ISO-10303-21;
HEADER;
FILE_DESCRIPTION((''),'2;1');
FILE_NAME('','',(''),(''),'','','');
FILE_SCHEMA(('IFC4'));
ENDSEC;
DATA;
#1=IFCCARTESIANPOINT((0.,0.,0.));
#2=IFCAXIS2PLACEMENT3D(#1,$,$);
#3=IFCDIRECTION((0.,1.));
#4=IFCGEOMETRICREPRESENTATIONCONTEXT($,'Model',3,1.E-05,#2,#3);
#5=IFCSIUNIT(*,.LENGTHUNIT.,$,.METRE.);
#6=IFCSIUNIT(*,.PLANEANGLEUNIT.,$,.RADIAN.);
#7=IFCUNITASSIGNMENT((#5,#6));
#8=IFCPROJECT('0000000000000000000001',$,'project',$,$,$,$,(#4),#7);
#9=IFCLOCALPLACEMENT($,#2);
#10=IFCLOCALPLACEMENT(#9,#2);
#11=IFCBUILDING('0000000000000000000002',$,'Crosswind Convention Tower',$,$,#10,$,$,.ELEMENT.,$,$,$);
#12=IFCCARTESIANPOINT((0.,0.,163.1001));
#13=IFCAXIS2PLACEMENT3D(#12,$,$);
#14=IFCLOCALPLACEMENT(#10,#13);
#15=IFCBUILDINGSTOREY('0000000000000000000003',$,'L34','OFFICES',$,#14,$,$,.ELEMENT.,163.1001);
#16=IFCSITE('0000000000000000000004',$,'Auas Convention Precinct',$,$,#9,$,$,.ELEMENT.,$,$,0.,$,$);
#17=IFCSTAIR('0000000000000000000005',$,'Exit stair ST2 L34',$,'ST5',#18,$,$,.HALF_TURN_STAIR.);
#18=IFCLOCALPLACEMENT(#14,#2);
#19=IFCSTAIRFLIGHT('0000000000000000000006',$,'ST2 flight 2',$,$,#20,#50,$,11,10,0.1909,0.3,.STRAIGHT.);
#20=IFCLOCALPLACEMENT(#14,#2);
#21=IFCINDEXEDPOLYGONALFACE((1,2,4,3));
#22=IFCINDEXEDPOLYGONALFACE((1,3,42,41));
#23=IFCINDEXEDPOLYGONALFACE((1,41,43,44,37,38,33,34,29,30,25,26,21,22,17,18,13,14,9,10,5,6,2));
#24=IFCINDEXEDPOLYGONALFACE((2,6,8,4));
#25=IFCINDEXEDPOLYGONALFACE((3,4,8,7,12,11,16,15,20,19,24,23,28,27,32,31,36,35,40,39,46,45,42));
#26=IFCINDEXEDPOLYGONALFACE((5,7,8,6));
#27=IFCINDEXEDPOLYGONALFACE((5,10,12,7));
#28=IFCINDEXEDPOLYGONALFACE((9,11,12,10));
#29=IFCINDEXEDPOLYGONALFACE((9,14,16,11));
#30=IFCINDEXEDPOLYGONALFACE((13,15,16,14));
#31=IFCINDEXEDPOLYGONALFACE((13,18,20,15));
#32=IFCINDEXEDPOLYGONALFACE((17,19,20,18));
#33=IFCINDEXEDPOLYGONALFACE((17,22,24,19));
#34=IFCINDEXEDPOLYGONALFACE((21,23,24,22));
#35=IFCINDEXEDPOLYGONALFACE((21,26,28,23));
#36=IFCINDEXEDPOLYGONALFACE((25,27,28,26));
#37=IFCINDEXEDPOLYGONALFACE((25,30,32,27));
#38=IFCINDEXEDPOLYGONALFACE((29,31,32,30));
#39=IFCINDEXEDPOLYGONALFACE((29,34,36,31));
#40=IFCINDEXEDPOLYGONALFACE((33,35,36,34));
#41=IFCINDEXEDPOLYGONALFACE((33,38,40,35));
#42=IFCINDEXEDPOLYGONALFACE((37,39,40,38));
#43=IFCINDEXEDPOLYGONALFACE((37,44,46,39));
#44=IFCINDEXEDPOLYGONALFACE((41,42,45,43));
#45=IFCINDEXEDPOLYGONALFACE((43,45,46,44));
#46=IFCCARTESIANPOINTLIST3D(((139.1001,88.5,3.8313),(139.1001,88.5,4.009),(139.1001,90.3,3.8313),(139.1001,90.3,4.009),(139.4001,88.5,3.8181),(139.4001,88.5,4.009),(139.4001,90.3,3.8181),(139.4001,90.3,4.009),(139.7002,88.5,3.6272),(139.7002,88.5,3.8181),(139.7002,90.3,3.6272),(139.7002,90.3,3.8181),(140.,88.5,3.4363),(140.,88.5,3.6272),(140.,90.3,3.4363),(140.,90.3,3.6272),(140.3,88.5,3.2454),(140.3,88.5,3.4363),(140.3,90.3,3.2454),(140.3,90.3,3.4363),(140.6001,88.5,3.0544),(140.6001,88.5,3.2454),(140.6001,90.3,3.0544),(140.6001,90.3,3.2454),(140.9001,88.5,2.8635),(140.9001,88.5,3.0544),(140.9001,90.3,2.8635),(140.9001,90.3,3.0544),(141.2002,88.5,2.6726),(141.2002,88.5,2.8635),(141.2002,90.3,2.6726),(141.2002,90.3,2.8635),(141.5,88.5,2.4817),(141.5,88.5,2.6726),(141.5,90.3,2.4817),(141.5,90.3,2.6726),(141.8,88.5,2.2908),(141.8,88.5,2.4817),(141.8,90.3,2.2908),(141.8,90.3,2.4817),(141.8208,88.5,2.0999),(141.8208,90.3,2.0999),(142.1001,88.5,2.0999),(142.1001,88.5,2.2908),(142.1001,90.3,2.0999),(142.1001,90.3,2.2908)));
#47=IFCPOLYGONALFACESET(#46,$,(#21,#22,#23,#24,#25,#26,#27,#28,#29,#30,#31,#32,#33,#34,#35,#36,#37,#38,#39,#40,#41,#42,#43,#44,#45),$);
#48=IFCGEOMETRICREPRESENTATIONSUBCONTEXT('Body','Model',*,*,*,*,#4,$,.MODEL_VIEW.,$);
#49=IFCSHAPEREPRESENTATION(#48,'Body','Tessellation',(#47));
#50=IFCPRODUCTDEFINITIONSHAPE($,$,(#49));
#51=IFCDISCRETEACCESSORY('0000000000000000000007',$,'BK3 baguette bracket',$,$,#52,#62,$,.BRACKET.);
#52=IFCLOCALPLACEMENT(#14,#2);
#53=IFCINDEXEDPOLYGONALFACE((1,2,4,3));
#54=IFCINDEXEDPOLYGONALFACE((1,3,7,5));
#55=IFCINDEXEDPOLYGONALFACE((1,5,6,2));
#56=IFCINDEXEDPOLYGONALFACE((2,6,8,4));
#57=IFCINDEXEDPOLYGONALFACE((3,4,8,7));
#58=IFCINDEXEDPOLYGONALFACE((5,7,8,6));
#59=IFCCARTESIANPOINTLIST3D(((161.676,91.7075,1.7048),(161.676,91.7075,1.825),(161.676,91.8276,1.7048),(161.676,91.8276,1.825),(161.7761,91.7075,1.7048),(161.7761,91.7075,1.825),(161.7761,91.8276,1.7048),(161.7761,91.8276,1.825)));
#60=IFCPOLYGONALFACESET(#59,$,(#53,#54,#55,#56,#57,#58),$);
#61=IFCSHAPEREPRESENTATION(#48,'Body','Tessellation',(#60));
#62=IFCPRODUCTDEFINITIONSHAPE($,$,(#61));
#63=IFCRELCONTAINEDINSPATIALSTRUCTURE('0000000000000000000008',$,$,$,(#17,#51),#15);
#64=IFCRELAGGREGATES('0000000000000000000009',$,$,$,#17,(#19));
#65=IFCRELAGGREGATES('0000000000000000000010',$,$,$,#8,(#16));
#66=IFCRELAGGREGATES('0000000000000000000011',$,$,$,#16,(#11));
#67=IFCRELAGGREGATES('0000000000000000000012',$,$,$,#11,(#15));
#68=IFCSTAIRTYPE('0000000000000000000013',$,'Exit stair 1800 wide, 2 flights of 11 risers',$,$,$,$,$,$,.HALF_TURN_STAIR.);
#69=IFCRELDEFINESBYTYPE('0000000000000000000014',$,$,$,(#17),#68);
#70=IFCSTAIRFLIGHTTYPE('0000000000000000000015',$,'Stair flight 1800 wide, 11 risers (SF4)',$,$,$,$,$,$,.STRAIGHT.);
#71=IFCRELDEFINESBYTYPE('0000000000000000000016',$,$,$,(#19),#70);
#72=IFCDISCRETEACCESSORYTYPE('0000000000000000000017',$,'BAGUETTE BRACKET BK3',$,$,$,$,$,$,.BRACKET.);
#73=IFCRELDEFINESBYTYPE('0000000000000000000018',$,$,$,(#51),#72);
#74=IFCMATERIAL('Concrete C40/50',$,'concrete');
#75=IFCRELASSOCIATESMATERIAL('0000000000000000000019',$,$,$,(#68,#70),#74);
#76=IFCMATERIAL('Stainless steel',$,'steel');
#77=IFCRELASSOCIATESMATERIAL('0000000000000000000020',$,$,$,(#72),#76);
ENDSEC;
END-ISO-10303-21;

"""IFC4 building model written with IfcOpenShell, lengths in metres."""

from ifc_helpers import new_model, si_unit, direction, frame, origin, origin_2d, place, context, subcontext, project, spatial, polyline, rectangle, outline, extrude, material, type_object, element, aggregate, save


model = new_model("IFC4")

# Units and contexts
model_context = context("Model", 3, precision=1e-05, world=origin(), true_north=direction((0.0, 1.0)))
body_context = subcontext(model_context, "Body", "Model", "MODEL_VIEW")
ifc_project = project(units=[si_unit("LENGTHUNIT", "METRE"), si_unit("PLANEANGLEUNIT", "RADIAN")], contexts=[model_context])

# Site, building, storey
site_placement = place(None, origin())
site = spatial("IfcSite", under=ifc_project, at=site_placement, Name="Auas Convention Precinct", CompositionType="ELEMENT", RefElevation=0.0)
building_placement = place(site_placement, origin())
building = spatial("IfcBuilding", under=site, at=building_placement, Name="Crosswind Convention Tower", CompositionType="ELEMENT")
storey_placement = place(building_placement, frame((0.0, 0.0, 163.1001)))
storey = spatial("IfcBuildingStorey", under=building, at=storey_placement, Name="L34", Description="OFFICES", CompositionType="ELEMENT", Elevation=163.1001)

# Stair, stair flight
ifc_material_1 = material(Name="Concrete C40/50", Category="concrete")
stair_type = type_object("IfcStairType", Name="Exit stair 1800 wide, 2 flights of 11 risers", PredefinedType="HALF_TURN_STAIR", material=ifc_material_1)
stair_placement = place(storey_placement, origin())
stair = element("IfcStair", 1, at=stair_placement, inside=storey, type_object=stair_type, Name="Exit stair ST2 L34", ObjectType="ST5", PredefinedType="HALF_TURN_STAIR")
stair_flight_type = type_object("IfcStairFlightType", Name="Stair flight 1800 wide, 11 risers (SF4)", PredefinedType="STRAIGHT", material=ifc_material_1)
stair_flight_1_placement = place(storey_placement, frame((142.1001, 89.3999, 2.0999), z_axis=(0.0, 0.0, 1.0), x_axis=(-1.0, 0.0, 0.0)))
stair_flight_1 = element("IfcStairFlight", 2, at=stair_flight_1_placement, type_object=stair_flight_type, Name="ST2 flight 2", NumberOfRisers=11, NumberOfTreads=10, PredefinedType="STRAIGHT", RiserHeight=0.1909, TreadLength=0.3, context=body_context, shape_type="SweptSolid", body=[
    extrude(outline(polyline([(0.0, 0.0), (0.0, 0.1909), (0.3, 0.1909), (0.3, 0.3818), (0.6001, 0.3818), (0.6001, 0.5728), (0.8999, 0.5728), (0.8999, 0.7637), (1.2, 0.7637), (1.2, 0.9546), (1.5, 0.9546), (1.5, 1.1455), (1.8, 1.1455), (1.8, 1.3364), (2.1001, 1.3364), (2.1001, 1.5273), (2.3999, 1.5273), (2.3999, 1.7183), (2.7, 1.7183), (2.7, 1.9092), (3.0, 1.9092), (3.0, 2.1001), (3.0, 1.7314), (0.2793, 0.0), (0.0, 0.0)])), frame((0.0, 0.8999, 0.0), z_axis=(0.0, -1.0, 0.0), x_axis=(1.0, 0.0, 0.0)), (0.0, 0.0, 1.0), 1.8),
])
aggregate(stair, [stair_flight_1])

# Shared definitions
ifc_material_2 = material(Name="Stainless steel", Category="steel")

# Discrete accessory
discrete_accessory_type = type_object("IfcDiscreteAccessoryType", Name="BAGUETTE BRACKET BK3", PredefinedType="BRACKET", material=ifc_material_2)
discrete_accessory_placement = place(storey_placement, frame((161.7261, 91.7676, 1.7048), z_axis=(0.0, 0.0, 1.0), x_axis=(0.0, 1.0, 0.0)))
element("IfcDiscreteAccessory", 3, at=discrete_accessory_placement, inside=storey, type_object=discrete_accessory_type, Name="BK3 baguette bracket", PredefinedType="BRACKET", context=body_context, shape_type="SweptSolid", body=[
    extrude(rectangle(XDim=0.1201, YDim=0.1001, at=origin_2d()), origin(), (0.0, 0.0, 1.0), 0.1201),
])

save(model, "model.ifc")
